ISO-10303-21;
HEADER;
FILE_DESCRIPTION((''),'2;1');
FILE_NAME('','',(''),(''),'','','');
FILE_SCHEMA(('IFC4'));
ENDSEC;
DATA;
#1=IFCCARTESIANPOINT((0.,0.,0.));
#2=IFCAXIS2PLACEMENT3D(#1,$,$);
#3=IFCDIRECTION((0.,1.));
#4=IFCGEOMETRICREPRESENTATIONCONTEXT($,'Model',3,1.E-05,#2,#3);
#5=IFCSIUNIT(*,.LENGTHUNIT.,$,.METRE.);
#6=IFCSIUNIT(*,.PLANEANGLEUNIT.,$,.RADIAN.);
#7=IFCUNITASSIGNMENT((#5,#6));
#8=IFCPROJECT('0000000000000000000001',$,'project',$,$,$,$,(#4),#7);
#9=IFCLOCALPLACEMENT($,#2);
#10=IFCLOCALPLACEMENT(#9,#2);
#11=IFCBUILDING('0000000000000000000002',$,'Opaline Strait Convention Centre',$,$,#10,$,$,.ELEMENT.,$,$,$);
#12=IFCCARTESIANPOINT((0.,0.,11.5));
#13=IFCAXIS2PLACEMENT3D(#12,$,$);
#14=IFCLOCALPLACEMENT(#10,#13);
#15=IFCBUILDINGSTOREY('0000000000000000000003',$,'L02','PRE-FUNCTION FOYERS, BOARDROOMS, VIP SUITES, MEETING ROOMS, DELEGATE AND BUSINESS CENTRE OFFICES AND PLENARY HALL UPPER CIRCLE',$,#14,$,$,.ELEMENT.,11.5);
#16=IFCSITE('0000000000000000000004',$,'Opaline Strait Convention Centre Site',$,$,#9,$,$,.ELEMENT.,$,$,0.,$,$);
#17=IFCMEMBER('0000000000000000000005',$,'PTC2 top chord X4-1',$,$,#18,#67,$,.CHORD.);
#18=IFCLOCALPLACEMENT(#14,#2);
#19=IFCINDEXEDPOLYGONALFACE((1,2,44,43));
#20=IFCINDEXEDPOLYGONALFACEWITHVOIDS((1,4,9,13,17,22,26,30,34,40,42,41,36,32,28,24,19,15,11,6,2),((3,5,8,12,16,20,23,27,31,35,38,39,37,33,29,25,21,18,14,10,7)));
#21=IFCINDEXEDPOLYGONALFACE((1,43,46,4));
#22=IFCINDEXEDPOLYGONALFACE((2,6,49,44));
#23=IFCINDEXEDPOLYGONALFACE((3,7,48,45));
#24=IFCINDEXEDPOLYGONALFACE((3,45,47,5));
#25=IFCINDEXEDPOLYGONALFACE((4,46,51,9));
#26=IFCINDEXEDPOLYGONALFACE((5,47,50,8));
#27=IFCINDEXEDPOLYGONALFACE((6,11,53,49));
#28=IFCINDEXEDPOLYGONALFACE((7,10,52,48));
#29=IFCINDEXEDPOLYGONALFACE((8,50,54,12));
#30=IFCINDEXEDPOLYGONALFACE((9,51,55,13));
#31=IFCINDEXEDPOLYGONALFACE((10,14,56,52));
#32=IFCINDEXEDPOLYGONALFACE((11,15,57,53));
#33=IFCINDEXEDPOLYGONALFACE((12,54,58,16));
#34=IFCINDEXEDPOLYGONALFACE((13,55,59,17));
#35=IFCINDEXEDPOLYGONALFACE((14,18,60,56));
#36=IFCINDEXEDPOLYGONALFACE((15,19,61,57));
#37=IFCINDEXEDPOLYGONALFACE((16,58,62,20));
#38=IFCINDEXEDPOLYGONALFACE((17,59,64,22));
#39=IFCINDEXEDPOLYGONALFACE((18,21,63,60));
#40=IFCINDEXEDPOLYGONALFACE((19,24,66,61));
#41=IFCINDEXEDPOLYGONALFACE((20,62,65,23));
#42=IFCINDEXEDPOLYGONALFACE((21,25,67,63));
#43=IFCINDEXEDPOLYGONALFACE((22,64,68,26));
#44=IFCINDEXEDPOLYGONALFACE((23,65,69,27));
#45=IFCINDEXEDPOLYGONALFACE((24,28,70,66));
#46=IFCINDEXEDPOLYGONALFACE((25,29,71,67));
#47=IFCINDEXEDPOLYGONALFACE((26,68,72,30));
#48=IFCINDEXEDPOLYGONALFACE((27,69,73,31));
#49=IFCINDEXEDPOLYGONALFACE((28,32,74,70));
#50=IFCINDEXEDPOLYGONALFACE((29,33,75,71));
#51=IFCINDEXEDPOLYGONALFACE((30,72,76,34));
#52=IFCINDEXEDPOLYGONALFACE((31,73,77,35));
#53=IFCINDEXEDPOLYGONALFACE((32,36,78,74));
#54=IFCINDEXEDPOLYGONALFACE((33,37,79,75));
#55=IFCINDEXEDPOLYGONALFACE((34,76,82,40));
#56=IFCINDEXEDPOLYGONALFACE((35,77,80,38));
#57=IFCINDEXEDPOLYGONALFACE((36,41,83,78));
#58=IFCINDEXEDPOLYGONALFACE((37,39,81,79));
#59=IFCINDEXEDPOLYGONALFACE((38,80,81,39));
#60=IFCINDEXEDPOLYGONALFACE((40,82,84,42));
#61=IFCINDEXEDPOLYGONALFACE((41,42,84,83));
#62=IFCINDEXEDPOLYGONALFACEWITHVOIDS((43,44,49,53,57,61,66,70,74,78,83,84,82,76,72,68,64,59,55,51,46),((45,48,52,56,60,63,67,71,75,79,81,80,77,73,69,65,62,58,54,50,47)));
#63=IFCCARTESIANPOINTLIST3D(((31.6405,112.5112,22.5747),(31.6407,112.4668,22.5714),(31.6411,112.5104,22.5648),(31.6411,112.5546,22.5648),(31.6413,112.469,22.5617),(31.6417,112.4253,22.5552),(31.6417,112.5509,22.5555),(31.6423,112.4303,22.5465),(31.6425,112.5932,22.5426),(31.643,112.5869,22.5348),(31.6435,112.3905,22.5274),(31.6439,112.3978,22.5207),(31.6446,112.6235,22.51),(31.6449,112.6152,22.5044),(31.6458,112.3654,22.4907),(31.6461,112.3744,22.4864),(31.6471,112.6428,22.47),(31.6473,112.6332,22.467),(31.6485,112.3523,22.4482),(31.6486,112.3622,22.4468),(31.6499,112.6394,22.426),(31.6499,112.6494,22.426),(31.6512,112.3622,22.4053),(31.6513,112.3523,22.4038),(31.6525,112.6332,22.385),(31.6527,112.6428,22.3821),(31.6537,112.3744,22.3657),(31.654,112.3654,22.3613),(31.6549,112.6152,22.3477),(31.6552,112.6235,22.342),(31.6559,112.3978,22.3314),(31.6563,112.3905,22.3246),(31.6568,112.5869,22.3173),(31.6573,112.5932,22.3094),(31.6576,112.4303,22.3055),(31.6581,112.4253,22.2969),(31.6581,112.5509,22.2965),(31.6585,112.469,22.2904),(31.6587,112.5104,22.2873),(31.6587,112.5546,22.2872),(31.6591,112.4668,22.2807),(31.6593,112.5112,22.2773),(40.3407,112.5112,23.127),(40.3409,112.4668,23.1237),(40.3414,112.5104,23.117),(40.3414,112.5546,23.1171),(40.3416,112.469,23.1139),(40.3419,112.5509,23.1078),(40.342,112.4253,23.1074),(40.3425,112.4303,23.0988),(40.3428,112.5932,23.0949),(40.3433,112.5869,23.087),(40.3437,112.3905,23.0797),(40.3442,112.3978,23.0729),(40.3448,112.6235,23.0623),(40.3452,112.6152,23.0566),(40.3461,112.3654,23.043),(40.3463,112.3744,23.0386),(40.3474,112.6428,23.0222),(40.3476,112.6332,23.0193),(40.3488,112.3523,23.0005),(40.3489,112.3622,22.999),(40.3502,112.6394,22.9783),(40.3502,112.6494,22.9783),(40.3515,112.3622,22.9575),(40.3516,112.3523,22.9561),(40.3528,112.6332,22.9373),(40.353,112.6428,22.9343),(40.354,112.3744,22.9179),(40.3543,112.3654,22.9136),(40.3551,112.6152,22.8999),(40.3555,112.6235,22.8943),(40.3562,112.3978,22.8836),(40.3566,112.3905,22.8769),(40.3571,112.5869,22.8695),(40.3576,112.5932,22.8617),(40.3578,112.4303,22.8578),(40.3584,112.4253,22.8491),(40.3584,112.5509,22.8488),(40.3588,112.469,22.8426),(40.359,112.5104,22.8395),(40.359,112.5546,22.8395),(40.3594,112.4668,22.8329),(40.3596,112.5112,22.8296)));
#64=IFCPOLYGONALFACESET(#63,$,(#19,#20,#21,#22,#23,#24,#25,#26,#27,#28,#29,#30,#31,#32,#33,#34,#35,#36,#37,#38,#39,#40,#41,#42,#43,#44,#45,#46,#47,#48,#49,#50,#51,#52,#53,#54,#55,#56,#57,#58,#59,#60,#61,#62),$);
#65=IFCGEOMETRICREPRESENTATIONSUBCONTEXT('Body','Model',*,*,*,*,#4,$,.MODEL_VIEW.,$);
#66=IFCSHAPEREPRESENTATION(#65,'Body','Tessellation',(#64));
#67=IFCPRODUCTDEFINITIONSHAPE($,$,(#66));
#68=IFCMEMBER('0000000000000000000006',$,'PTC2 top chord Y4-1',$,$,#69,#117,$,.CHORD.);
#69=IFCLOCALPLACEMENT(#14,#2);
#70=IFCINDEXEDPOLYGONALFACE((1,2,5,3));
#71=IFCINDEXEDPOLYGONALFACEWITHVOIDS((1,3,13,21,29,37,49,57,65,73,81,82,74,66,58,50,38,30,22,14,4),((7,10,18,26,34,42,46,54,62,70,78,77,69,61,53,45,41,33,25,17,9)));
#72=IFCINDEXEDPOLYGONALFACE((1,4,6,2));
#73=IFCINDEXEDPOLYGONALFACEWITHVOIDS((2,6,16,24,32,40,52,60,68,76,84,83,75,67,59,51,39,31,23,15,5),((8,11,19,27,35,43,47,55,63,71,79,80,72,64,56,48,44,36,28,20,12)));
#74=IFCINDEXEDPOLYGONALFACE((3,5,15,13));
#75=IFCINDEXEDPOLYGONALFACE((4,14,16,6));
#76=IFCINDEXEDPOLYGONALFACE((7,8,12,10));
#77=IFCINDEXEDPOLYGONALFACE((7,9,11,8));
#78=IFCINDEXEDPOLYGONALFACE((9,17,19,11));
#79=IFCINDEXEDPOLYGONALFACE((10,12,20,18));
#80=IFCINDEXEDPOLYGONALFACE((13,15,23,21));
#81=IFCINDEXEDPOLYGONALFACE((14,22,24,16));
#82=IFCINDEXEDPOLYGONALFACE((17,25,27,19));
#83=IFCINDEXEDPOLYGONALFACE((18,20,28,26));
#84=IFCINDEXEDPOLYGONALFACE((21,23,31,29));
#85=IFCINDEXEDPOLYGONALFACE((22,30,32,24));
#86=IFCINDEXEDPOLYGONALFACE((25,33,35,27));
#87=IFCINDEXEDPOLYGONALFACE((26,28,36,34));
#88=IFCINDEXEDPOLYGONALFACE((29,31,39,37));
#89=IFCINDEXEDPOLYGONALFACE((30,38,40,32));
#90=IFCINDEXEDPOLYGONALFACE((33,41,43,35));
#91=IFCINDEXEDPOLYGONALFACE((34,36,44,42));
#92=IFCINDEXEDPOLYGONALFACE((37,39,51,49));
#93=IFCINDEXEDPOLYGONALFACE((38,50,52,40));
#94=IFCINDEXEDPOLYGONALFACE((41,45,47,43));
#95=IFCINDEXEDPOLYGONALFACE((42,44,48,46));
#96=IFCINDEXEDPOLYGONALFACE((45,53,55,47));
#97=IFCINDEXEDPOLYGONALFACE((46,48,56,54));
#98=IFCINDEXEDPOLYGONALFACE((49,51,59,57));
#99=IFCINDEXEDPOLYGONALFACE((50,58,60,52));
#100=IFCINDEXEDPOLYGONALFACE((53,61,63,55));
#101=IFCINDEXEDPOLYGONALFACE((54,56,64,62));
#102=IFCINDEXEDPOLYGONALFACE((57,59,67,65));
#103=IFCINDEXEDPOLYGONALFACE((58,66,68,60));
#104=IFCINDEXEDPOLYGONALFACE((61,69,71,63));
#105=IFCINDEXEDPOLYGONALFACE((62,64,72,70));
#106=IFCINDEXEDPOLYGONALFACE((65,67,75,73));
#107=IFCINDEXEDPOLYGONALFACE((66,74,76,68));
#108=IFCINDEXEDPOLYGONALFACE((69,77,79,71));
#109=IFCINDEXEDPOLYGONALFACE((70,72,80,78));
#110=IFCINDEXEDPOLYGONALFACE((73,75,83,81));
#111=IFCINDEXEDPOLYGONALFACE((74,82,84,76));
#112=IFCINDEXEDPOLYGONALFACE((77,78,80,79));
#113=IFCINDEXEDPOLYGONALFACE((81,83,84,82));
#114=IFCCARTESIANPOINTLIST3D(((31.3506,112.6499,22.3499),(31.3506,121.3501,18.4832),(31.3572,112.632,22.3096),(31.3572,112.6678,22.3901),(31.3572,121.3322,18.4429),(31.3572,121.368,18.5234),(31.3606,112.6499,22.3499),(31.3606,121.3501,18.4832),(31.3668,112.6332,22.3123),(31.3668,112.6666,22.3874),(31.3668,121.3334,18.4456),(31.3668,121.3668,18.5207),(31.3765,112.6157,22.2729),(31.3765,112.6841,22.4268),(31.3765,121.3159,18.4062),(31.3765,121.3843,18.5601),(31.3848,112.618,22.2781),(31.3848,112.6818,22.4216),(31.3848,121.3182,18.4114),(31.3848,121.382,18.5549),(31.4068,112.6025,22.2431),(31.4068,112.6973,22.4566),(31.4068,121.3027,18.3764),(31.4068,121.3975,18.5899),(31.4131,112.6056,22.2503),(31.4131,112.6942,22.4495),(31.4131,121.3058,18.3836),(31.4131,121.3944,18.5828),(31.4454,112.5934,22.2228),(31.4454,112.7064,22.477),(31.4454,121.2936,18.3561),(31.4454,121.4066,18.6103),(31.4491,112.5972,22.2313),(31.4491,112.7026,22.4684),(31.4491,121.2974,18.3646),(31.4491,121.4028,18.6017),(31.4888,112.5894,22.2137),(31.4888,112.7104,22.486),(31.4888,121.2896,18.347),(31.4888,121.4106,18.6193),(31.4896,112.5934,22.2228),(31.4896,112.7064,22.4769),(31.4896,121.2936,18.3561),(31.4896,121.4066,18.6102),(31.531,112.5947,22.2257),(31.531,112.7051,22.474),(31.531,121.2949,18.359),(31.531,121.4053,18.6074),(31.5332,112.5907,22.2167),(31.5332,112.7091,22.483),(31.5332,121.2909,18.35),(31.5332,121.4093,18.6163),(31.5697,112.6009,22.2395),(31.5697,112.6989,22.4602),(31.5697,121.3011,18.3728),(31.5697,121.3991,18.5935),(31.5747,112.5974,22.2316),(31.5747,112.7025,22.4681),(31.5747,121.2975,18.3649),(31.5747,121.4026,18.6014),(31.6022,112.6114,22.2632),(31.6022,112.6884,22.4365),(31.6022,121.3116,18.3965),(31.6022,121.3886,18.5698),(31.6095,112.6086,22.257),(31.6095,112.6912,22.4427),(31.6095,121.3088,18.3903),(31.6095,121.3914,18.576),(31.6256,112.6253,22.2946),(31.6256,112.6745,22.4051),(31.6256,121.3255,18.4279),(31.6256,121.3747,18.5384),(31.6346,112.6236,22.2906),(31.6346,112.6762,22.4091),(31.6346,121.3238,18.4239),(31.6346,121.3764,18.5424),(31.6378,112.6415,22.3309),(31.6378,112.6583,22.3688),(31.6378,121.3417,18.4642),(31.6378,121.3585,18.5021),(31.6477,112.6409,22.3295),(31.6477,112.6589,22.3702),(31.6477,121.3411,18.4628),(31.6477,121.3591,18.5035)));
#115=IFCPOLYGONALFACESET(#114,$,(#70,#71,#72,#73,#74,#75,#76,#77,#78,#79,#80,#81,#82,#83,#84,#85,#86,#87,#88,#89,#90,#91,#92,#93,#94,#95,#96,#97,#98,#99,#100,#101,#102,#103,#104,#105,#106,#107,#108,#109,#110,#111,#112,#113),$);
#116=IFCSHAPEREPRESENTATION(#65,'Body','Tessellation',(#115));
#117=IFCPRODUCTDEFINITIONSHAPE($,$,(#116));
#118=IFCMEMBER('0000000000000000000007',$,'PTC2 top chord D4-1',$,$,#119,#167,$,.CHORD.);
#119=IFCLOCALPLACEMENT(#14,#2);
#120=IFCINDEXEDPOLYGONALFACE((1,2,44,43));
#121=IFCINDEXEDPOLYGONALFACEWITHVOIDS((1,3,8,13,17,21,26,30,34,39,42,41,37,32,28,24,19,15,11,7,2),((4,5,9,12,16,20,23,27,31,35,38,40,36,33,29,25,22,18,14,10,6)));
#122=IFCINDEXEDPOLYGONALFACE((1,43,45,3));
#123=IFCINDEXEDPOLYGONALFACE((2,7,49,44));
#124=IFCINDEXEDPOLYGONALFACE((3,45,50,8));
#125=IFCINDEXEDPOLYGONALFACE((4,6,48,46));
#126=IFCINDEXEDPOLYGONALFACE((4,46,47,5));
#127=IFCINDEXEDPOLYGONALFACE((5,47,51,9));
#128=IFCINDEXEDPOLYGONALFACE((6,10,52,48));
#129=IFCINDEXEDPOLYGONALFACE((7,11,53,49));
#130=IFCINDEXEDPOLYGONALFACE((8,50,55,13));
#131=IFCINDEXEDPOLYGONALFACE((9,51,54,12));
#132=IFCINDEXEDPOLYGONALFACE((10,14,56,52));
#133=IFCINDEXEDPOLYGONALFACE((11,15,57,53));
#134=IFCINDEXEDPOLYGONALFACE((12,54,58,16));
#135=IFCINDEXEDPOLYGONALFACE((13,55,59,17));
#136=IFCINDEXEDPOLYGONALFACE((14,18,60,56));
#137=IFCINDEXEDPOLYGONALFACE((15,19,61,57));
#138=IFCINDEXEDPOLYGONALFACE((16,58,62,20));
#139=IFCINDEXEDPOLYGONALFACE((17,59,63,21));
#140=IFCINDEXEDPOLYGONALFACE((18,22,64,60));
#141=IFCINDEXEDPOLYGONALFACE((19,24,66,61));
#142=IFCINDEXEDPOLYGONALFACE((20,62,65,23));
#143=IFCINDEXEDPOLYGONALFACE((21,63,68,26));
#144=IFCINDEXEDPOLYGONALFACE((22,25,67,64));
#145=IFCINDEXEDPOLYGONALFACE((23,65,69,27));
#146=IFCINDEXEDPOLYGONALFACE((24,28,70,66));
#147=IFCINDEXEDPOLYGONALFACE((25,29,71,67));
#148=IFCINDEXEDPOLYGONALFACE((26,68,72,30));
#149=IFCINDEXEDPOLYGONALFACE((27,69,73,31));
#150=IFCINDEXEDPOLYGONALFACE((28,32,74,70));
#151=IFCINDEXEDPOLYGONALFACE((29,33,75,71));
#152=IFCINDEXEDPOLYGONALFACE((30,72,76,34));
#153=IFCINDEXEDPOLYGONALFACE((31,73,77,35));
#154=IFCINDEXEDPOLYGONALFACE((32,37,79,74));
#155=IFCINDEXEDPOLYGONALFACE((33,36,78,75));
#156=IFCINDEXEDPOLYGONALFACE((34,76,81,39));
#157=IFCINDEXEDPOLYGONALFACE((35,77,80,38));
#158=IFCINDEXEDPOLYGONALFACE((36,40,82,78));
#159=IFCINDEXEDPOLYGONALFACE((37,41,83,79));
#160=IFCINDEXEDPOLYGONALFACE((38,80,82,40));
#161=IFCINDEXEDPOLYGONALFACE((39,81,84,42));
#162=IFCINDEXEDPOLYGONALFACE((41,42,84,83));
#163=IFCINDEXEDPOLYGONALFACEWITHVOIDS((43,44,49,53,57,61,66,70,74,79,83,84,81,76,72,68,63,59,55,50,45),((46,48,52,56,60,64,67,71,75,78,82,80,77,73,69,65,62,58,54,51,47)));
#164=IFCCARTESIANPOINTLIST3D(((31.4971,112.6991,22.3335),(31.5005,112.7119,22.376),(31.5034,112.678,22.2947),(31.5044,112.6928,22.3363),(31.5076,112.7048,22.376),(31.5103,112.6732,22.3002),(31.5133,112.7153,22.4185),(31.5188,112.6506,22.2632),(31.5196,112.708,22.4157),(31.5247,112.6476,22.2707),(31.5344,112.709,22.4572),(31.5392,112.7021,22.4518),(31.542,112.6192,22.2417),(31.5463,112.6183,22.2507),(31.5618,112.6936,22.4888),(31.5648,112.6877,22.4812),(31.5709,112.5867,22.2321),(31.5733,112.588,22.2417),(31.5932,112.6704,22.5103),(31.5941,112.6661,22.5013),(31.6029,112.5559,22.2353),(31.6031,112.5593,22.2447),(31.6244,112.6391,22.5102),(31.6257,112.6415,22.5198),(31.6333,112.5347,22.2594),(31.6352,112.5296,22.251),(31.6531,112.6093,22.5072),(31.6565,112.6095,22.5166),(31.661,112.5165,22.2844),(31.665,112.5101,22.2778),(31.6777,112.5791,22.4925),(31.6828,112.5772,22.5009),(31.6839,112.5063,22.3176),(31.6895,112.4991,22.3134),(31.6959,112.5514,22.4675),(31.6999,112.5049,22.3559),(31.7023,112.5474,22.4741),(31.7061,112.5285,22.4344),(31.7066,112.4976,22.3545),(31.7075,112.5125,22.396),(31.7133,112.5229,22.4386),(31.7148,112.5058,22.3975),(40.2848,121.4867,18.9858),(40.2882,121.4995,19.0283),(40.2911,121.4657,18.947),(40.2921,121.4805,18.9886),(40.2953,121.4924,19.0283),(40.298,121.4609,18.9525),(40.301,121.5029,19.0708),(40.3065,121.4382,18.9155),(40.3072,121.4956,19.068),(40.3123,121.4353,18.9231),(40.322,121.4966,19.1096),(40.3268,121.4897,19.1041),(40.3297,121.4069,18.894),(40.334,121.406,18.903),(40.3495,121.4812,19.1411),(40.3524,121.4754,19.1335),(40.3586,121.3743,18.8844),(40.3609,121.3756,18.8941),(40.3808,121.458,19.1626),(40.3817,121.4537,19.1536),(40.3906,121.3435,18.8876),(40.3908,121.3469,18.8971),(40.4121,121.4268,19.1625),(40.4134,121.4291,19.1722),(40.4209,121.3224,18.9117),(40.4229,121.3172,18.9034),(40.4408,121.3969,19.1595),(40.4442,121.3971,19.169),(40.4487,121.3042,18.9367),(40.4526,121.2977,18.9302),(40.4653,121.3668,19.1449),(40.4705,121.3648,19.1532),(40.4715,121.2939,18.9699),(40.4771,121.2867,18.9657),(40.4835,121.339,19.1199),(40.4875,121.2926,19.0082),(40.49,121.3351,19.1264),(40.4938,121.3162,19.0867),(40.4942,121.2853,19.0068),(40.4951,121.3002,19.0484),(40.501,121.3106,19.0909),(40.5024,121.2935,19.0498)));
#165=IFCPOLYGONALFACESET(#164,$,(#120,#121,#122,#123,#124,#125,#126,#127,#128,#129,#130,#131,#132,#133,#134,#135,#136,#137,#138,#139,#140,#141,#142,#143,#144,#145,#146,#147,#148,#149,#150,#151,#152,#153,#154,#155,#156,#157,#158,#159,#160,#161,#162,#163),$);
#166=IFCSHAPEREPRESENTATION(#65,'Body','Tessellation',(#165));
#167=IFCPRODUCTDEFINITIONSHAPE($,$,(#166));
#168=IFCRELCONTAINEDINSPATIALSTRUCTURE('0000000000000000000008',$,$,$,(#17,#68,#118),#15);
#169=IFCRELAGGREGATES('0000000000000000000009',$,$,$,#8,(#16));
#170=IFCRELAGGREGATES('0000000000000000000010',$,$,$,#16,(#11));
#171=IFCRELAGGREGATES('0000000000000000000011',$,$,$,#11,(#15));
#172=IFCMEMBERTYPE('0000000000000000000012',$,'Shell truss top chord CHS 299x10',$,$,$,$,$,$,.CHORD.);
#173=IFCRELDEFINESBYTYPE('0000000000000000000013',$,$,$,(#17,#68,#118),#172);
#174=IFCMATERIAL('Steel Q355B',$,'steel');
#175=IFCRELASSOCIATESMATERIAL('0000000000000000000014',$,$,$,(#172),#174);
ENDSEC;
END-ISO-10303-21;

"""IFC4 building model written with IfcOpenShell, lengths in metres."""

from ifc_helpers import new_model, si_unit, direction, frame, origin, origin_2d, place, context, subcontext, project, spatial, hollow_circle, extrude, material, material_profile, profile_set, type_object, element, save


model = new_model("IFC4")

# Units and contexts
model_context = context("Model", 3, precision=1e-05, world=origin(), true_north=direction((0.0, 1.0)))
body_context = subcontext(model_context, "Body", "Model", "MODEL_VIEW")
ifc_project = project(units=[si_unit("LENGTHUNIT", "METRE"), si_unit("PLANEANGLEUNIT", "RADIAN")], contexts=[model_context])

# Site, building, storey
site_placement = place(None, origin())
site = spatial("IfcSite", under=ifc_project, at=site_placement, Name="Opaline Strait Convention Centre Site", CompositionType="ELEMENT", RefElevation=0.0)
building_placement = place(site_placement, origin())
building = spatial("IfcBuilding", under=site, at=building_placement, Name="Opaline Strait Convention Centre", CompositionType="ELEMENT")
storey_placement = place(building_placement, frame((0.0, 0.0, 11.5)))
storey = spatial("IfcBuildingStorey", under=building, at=storey_placement, Name="L02", Description="PRE-FUNCTION FOYERS, BOARDROOMS, VIP SUITES, MEETING ROOMS, DELEGATE AND BUSINESS CENTRE OFFICES AND PLENARY HALL UPPER CIRCLE", CompositionType="ELEMENT", Elevation=11.5)

# Members
ifc_material_1 = material(Name="Steel Q355B", Category="steel")
ifc_material_profile_1 = material_profile(ifc_material_1, hollow_circle(Radius=0.1494, WallThickness=0.01, at=origin_2d()), Name="CHS 299x10")
ifc_profile_set_1 = profile_set([ifc_material_profile_1], Name="Steel Q355B")
member_type_1 = type_object("IfcMemberType", Name="Shell truss top chord CHS 299x10", PredefinedType="CHORD", material=ifc_profile_set_1)
member_1_placement = place(storey_placement, frame((31.6499, 112.5, 22.426), z_axis=(0.997992, 0.0, 0.063348), x_axis=(0.0, 1.0, 0.0)))
element("IfcMember", 1, at=member_1_placement, inside=storey, type_object=member_type_1, Name="PTC2 top chord X4-1", PredefinedType="CHORD", context=body_context, shape_type="SweptSolid", body=[
    extrude(hollow_circle(Radius=0.1494, WallThickness=0.01, at=origin_2d()), origin(), (0.0, 0.0, 1.0), 8.7178),
])
member_2_placement = place(storey_placement, frame((31.5, 112.6499, 22.3499), z_axis=(0.0, 0.913814, -0.406134), x_axis=(-1.0, 0.0, 0.0)))
element("IfcMember", 2, at=member_2_placement, inside=storey, type_object=member_type_1, Name="PTC2 top chord Y4-1", PredefinedType="CHORD", context=body_context, shape_type="SweptSolid", body=[
    extrude(hollow_circle(Radius=0.1494, WallThickness=0.01, at=origin_2d()), origin(), (0.0, 0.0, 1.0), 9.5208),
])
member_3_placement = place(storey_placement, frame((31.6062, 112.6062, 22.376), z_axis=(0.682769, 0.682769, -0.260102), x_axis=(-0.707107, 0.707107, 0.0)))
element("IfcMember", 3, at=member_3_placement, inside=storey, type_object=member_type_1, Name="PTC2 top chord D4-1", PredefinedType="CHORD", context=body_context, shape_type="SweptSolid", body=[
    extrude(hollow_circle(Radius=0.1494, WallThickness=0.01, at=origin_2d()), origin(), (0.0, 0.0, 1.0), 12.8706),
])

save(model, "model.ifc")
